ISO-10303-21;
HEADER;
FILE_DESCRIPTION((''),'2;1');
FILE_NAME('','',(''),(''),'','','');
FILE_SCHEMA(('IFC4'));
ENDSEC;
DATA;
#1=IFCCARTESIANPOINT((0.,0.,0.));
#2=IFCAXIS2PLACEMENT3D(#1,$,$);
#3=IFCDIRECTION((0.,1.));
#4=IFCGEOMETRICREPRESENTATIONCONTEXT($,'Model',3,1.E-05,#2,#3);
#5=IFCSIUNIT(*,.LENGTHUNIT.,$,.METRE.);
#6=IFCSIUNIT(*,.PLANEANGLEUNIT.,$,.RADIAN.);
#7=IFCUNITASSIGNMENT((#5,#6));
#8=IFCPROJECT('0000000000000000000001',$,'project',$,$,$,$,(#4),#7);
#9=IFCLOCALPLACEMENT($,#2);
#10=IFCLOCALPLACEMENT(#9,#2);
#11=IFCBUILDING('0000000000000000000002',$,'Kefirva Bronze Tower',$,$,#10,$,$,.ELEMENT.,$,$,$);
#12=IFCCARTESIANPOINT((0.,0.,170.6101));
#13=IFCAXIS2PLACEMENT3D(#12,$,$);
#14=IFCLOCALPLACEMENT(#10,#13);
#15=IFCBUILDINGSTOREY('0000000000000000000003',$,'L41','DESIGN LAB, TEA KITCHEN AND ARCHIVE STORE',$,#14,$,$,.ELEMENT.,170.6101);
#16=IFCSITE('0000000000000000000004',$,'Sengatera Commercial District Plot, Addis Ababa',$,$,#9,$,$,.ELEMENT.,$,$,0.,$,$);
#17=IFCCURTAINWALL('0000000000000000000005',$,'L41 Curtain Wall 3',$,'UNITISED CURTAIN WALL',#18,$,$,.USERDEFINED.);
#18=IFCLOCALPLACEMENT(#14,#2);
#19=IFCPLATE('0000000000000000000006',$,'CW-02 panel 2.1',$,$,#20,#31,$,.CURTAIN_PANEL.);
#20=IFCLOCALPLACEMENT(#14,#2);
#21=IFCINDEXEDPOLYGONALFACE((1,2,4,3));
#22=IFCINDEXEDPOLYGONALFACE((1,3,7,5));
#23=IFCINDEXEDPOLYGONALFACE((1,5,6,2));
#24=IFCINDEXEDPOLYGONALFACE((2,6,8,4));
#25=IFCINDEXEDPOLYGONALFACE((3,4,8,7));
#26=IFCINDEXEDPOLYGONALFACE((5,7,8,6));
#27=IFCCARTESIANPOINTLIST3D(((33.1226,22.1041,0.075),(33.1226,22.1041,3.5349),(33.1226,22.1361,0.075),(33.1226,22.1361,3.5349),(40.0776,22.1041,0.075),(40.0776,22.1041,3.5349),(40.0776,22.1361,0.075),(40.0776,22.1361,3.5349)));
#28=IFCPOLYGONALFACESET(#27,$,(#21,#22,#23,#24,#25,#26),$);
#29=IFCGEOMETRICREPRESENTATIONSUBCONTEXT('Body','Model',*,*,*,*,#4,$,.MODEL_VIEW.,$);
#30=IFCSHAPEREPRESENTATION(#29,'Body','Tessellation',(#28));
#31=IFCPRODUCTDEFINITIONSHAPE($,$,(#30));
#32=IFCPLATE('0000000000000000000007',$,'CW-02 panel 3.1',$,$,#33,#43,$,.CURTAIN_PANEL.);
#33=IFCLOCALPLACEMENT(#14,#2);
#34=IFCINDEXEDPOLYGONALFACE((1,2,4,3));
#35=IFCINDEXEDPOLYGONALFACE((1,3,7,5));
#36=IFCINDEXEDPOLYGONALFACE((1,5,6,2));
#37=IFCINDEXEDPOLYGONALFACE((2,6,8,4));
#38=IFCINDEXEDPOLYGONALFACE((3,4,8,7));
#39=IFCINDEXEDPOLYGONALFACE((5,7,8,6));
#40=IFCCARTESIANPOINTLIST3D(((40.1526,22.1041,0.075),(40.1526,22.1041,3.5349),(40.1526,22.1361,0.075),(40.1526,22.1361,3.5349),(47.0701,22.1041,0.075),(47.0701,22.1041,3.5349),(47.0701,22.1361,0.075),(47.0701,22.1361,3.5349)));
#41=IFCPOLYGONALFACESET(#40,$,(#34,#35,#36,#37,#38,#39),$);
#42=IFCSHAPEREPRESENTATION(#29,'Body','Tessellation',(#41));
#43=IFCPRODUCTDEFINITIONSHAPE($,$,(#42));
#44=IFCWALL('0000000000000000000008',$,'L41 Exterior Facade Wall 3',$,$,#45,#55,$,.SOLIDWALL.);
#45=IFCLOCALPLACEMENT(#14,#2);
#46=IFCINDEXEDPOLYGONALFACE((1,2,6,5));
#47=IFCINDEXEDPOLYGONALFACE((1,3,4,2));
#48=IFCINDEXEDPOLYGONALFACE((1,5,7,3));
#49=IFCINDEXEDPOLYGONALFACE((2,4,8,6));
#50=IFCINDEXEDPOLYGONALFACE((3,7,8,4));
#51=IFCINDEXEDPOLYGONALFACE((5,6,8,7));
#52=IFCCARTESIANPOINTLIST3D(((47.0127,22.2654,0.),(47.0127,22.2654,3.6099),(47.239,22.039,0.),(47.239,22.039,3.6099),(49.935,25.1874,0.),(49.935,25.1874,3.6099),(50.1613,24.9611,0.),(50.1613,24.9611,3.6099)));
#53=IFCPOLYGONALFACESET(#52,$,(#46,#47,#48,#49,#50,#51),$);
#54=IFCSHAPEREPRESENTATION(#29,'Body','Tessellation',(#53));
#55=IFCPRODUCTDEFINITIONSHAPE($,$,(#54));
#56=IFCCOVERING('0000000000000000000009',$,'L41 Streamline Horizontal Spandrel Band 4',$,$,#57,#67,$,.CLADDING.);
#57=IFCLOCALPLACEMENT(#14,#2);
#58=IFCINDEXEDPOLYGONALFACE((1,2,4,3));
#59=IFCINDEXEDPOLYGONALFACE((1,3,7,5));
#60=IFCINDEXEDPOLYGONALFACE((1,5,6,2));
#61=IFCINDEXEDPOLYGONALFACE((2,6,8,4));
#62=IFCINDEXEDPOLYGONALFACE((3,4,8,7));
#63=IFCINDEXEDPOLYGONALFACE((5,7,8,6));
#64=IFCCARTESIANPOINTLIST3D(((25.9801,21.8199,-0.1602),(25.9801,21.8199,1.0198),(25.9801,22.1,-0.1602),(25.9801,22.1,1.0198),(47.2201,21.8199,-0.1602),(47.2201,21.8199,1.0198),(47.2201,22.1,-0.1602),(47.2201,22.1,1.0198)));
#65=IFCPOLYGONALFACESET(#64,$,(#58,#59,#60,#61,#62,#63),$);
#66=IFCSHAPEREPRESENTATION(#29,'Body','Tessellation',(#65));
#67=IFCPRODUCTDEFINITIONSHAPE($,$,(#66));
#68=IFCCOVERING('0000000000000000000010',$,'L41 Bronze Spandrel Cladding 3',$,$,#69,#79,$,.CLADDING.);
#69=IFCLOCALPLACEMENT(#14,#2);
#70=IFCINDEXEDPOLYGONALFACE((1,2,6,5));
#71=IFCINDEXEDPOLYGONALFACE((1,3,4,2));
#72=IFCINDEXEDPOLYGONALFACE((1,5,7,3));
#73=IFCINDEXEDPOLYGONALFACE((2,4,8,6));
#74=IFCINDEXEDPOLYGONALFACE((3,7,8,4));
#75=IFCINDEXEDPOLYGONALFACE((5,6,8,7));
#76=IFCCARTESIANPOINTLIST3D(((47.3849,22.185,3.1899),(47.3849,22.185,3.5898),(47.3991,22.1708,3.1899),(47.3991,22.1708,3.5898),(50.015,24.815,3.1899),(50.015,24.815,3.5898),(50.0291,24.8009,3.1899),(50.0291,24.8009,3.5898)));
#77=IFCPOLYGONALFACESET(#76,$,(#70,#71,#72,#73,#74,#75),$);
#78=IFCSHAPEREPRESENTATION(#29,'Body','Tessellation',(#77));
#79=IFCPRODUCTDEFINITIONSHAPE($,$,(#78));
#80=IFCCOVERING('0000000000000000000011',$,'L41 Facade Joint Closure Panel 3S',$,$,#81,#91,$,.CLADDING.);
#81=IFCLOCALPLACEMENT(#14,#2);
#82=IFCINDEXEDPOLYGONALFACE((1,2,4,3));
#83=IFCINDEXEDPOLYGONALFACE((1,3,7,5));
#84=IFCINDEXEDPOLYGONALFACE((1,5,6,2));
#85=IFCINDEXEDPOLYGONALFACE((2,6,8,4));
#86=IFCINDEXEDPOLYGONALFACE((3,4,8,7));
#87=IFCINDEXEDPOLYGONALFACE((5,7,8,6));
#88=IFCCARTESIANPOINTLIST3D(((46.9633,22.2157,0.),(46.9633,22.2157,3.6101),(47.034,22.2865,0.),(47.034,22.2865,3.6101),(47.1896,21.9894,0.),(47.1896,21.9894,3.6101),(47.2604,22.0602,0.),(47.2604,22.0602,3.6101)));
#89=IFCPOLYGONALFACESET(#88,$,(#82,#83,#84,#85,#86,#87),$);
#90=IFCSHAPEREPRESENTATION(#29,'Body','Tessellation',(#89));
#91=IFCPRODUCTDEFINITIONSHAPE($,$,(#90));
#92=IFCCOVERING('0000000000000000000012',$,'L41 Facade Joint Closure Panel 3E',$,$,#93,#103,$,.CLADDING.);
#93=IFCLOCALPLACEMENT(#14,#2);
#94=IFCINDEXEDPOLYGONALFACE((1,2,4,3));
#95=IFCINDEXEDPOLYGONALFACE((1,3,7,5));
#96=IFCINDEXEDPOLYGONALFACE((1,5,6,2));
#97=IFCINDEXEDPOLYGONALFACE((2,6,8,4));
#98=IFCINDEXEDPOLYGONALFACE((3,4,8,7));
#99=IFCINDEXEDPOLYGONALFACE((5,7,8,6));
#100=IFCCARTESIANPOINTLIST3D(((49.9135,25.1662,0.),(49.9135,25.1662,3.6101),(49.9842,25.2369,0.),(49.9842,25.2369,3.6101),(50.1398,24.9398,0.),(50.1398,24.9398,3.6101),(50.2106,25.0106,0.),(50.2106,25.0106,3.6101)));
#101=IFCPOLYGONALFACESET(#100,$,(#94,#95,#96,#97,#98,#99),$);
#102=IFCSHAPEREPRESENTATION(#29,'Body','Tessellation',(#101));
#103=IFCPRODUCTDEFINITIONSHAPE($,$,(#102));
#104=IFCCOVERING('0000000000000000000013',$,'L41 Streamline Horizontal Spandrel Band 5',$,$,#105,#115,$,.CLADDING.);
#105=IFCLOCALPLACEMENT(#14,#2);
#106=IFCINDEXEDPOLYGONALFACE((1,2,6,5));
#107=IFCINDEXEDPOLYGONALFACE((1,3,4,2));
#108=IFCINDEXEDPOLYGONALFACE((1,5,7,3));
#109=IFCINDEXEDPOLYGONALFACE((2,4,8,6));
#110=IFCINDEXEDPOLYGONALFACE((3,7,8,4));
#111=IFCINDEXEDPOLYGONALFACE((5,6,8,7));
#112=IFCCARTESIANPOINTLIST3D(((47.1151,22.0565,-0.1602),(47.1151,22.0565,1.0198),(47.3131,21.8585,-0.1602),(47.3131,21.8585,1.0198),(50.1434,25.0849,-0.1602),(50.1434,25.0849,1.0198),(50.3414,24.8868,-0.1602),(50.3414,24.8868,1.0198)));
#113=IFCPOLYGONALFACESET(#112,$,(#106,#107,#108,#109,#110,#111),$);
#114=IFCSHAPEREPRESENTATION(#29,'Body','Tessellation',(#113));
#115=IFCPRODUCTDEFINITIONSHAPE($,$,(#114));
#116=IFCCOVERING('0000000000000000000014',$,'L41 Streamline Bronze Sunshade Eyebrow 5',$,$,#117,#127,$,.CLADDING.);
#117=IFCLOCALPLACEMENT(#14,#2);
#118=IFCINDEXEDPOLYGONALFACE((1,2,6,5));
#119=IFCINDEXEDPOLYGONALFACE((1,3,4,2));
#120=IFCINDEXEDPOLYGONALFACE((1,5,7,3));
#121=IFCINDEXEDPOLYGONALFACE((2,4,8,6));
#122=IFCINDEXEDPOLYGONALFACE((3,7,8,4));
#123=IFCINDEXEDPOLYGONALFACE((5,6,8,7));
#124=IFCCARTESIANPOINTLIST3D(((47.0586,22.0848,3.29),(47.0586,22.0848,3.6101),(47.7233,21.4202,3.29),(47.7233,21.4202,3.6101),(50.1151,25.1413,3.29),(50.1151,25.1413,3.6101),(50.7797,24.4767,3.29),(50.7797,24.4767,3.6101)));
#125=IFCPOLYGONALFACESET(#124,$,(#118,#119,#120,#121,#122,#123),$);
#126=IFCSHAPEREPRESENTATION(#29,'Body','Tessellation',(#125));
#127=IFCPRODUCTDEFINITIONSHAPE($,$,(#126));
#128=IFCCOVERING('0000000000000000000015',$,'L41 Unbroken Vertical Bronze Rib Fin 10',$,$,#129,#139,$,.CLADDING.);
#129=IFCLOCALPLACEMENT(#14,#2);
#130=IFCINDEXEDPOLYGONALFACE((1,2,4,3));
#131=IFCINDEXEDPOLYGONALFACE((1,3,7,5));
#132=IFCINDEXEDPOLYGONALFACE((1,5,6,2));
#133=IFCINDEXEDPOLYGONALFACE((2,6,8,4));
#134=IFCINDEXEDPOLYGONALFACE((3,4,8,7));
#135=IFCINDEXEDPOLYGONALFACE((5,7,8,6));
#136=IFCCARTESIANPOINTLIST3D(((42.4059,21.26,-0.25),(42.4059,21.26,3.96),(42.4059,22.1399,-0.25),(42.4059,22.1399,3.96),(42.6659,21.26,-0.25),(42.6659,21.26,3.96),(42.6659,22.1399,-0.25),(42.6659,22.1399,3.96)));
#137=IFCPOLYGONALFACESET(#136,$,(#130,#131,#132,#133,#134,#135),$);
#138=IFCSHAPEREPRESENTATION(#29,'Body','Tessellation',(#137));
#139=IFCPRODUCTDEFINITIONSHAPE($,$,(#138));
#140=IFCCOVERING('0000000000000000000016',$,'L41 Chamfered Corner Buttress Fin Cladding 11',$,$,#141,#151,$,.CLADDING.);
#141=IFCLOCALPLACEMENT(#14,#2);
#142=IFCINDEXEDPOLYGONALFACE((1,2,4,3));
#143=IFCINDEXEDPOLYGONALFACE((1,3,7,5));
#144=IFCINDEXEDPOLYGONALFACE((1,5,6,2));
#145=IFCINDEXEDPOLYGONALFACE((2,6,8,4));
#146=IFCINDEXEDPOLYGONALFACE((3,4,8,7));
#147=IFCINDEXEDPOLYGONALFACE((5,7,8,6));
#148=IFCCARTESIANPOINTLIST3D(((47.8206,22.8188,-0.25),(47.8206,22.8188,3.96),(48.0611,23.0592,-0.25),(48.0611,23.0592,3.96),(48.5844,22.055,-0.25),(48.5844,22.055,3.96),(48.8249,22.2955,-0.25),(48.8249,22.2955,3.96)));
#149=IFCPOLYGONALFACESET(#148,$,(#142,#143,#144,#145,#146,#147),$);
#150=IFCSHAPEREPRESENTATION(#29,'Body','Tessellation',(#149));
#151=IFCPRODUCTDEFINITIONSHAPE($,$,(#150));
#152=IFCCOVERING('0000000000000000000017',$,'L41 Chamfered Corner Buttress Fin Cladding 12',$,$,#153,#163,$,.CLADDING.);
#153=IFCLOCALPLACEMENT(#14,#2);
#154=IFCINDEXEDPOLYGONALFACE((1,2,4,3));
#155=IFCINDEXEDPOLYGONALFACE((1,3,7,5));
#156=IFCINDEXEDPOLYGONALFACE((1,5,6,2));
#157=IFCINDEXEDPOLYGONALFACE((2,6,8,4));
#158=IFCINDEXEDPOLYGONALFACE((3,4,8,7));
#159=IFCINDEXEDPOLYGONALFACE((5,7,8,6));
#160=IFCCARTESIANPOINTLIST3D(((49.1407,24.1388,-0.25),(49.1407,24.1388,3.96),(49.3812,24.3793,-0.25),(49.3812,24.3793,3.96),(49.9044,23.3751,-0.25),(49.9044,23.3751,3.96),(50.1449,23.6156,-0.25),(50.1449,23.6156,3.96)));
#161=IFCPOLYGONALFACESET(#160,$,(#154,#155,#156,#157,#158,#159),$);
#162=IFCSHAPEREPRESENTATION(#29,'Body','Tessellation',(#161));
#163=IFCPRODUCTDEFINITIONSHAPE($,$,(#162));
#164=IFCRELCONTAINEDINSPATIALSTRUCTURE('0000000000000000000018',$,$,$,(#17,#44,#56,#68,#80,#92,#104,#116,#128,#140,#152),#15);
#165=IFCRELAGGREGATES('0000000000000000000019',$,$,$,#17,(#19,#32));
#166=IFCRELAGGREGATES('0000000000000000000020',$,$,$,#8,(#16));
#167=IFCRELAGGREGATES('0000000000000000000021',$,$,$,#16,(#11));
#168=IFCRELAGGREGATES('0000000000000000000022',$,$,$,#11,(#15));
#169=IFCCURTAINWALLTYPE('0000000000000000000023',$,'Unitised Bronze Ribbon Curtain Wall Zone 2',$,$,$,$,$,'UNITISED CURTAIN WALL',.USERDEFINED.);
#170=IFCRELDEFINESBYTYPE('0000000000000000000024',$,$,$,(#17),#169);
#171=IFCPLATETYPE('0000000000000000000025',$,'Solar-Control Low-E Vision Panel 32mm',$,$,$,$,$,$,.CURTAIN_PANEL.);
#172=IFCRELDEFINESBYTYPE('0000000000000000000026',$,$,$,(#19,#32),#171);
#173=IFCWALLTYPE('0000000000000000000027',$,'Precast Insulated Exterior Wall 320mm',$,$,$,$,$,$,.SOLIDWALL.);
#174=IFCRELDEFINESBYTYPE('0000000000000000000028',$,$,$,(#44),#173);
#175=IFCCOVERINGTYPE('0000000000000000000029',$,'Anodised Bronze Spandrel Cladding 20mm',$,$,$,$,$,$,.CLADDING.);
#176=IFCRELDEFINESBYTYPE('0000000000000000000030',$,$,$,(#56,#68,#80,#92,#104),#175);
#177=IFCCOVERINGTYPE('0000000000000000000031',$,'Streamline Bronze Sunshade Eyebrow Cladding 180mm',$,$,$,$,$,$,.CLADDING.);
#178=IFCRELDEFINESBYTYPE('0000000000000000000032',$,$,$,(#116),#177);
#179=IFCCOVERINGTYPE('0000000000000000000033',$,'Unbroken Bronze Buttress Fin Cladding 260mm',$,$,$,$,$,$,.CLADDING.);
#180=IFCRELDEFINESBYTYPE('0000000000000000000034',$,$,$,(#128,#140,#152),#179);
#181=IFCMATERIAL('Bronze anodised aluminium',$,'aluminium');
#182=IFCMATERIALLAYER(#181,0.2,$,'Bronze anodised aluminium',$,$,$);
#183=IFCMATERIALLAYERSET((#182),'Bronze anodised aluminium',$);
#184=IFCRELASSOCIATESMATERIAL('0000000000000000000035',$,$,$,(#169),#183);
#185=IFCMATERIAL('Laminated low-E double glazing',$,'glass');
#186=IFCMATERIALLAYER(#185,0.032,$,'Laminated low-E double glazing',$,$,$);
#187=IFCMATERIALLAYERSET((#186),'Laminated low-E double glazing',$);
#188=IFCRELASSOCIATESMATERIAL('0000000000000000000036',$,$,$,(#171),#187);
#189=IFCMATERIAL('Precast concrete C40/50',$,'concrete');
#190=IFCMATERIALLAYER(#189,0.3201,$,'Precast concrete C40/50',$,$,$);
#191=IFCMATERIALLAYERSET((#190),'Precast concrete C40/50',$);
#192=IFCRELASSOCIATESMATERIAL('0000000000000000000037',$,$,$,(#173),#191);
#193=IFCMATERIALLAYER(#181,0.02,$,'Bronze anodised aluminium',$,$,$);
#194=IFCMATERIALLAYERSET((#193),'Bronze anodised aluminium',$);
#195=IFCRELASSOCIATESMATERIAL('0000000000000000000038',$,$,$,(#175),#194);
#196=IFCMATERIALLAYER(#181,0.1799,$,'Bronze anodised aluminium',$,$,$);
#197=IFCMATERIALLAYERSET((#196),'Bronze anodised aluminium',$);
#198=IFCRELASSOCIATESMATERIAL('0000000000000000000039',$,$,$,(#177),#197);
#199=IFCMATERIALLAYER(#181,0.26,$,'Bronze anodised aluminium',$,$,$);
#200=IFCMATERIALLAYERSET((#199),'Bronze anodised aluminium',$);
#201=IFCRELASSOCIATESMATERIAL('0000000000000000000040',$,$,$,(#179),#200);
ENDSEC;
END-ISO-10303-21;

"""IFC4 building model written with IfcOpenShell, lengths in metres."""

from ifc_helpers import new_model, si_unit, direction, frame, frame_2d, origin, origin_2d, place, context, subcontext, project, spatial, rectangle, extrude, material, layer, layer_set, type_object, element, aggregate, save


model = new_model("IFC4")

# Units and contexts
model_context = context("Model", 3, precision=1e-05, world=origin(), true_north=direction((0.0, 1.0)))
body_context = subcontext(model_context, "Body", "Model", "MODEL_VIEW")
ifc_project = project(units=[si_unit("LENGTHUNIT", "METRE"), si_unit("PLANEANGLEUNIT", "RADIAN")], contexts=[model_context])

# Site, building, storey
site_placement = place(None, origin())
site = spatial("IfcSite", under=ifc_project, at=site_placement, Name="Sengatera Commercial District Plot, Addis Ababa", CompositionType="ELEMENT", RefElevation=0.0)
building_placement = place(site_placement, origin())
building = spatial("IfcBuilding", under=site, at=building_placement, Name="Kefirva Bronze Tower", CompositionType="ELEMENT")
storey_placement = place(building_placement, frame((0.0, 0.0, 170.6101)))
storey = spatial("IfcBuildingStorey", under=building, at=storey_placement, Name="L41", Description="DESIGN LAB, TEA KITCHEN AND ARCHIVE STORE", CompositionType="ELEMENT", Elevation=170.6101)

# Curtain wall
ifc_material_1 = material(Name="Bronze anodised aluminium", Category="aluminium")
ifc_layer_1 = layer(ifc_material_1, 0.2, Name="Bronze anodised aluminium")
ifc_layer_set_1 = layer_set([ifc_layer_1], Name="Bronze anodised aluminium")
curtain_wall_type = type_object("IfcCurtainWallType", Name="Unitised Bronze Ribbon Curtain Wall Zone 2", ElementType="UNITISED CURTAIN WALL", PredefinedType="USERDEFINED", material=ifc_layer_set_1)
curtain_wall_1_placement = place(storey_placement, origin())
curtain_wall_1 = element("IfcCurtainWall", 1, at=curtain_wall_1_placement, inside=storey, type_object=curtain_wall_type, Name="L41 Curtain Wall 3", ObjectType="UNITISED CURTAIN WALL", PredefinedType="USERDEFINED")

# Plates
ifc_material_2 = material(Name="Laminated low-E double glazing", Category="glass")
ifc_layer_2 = layer(ifc_material_2, 0.032, Name="Laminated low-E double glazing")
ifc_layer_set_2 = layer_set([ifc_layer_2], Name="Laminated low-E double glazing")
plate_type = type_object("IfcPlateType", Name="Solar-Control Low-E Vision Panel 32mm", PredefinedType="CURTAIN_PANEL", material=ifc_layer_set_2)
plate_1_placement = place(storey_placement, frame((36.6001, 22.1201, 0.075), z_axis=(0.0, 0.0, 1.0), x_axis=(1.0, 0.0, 0.0)))
plate_1 = element("IfcPlate", 2, at=plate_1_placement, type_object=plate_type, Name="CW-02 panel 2.1", PredefinedType="CURTAIN_PANEL", context=body_context, shape_type="SweptSolid", body=[
    extrude(rectangle(XDim=6.9551, YDim=0.032, at=origin_2d()), origin(), (0.0, 0.0, 1.0), 3.46),
])
plate_2_placement = place(storey_placement, frame((43.6113, 22.1201, 0.075), z_axis=(0.0, 0.0, 1.0), x_axis=(1.0, 0.0, 0.0)))
plate_2 = element("IfcPlate", 3, at=plate_2_placement, type_object=plate_type, Name="CW-02 panel 3.1", PredefinedType="CURTAIN_PANEL", context=body_context, shape_type="SweptSolid", body=[
    extrude(rectangle(XDim=6.9175, YDim=0.032, at=origin_2d()), origin(), (0.0, 0.0, 1.0), 3.46),
])
aggregate(curtain_wall_1, [plate_1, plate_2])

# Wall
ifc_material_3 = material(Name="Precast concrete C40/50", Category="concrete")
ifc_layer_3 = layer(ifc_material_3, 0.3201, Name="Precast concrete C40/50")
ifc_layer_set_3 = layer_set([ifc_layer_3], Name="Precast concrete C40/50")
wall_type = type_object("IfcWallType", Name="Precast Insulated Exterior Wall 320mm", PredefinedType="SOLIDWALL", material=ifc_layer_set_3)
wall_placement = place(storey_placement, frame((47.1257, 22.1521, 0.0), z_axis=(0.0, 0.0, 1.0), x_axis=(0.707136, 0.707077, 0.0)))
element("IfcWall", 4, at=wall_placement, inside=storey, type_object=wall_type, Name="L41 Exterior Facade Wall 3", PredefinedType="SOLIDWALL", context=body_context, shape_type="SweptSolid", body=[
    extrude(rectangle(XDim=4.1326, YDim=0.3201, at=frame_2d((2.0664, 0.0))), origin(), (0.0, 0.0, 1.0), 3.6099),
])

# Coverings
ifc_layer_4 = layer(ifc_material_1, 0.02, Name="Bronze anodised aluminium")
ifc_layer_set_4 = layer_set([ifc_layer_4], Name="Bronze anodised aluminium")
covering_type_1 = type_object("IfcCoveringType", Name="Anodised Bronze Spandrel Cladding 20mm", PredefinedType="CLADDING", material=ifc_layer_set_4)
covering_1_placement = place(storey_placement, frame((36.6001, 21.96, -0.1602), z_axis=(0.0, 0.0, 1.0), x_axis=(1.0, 0.0, 0.0)))
element("IfcCovering", 5, at=covering_1_placement, inside=storey, type_object=covering_type_1, Name="L41 Streamline Horizontal Spandrel Band 4", PredefinedType="CLADDING", context=body_context, shape_type="SweptSolid", body=[
    extrude(rectangle(XDim=21.24, YDim=0.28, at=origin_2d()), origin(), (0.0, 0.0, 1.0), 1.1799),
])
covering_2_placement = place(storey_placement, frame((48.707, 23.4929, 3.1899), z_axis=(0.0, 0.0, 1.0), x_axis=(0.707107, 0.707107, 0.0)))
element("IfcCovering", 6, at=covering_2_placement, inside=storey, type_object=covering_type_1, Name="L41 Bronze Spandrel Cladding 3", PredefinedType="CLADDING", context=body_context, shape_type="SweptSolid", body=[
    extrude(rectangle(XDim=3.7195, YDim=0.02, at=origin_2d()), origin(), (0.0, 0.0, 1.0), 0.3999),
])
for number, where, z_axis, x_axis, name in (
    (7, (47.1118, 22.1379, 0.0), (0.0, 0.0, 1.0), (0.707107, 0.707107, 0.0), "L41 Facade Joint Closure Panel 3S"),
    (8, (50.062, 25.0884, 0.0), (0.0, 0.0, 1.0), (0.707107, 0.707107, 0.0), "L41 Facade Joint Closure Panel 3E"),
):
    element("IfcCovering", number, at=place(storey_placement, frame(where, z_axis=z_axis, x_axis=x_axis)), inside=storey, type_object=covering_type_1, Name=name, PredefinedType="CLADDING", context=body_context, shape_type="SweptSolid", body=[
        extrude(rectangle(XDim=0.1001, YDim=0.3201, at=origin_2d()), origin(), (0.0, 0.0, 1.0), 3.6101),
    ])
covering_3_placement = place(storey_placement, frame((48.7283, 23.4717, -0.1602), z_axis=(0.0, 0.0, 1.0), x_axis=(0.707107, 0.707107, 0.0)))
element("IfcCovering", 9, at=covering_3_placement, inside=storey, type_object=covering_type_1, Name="L41 Streamline Horizontal Spandrel Band 5", PredefinedType="CLADDING", context=body_context, shape_type="SweptSolid", body=[
    extrude(rectangle(XDim=4.2827, YDim=0.28, at=origin_2d()), origin(), (0.0, 0.0, 1.0), 1.1799),
])
ifc_layer_5 = layer(ifc_material_1, 0.1799, Name="Bronze anodised aluminium")
ifc_layer_set_5 = layer_set([ifc_layer_5], Name="Bronze anodised aluminium")
covering_type_2 = type_object("IfcCoveringType", Name="Streamline Bronze Sunshade Eyebrow Cladding 180mm", PredefinedType="CLADDING", material=ifc_layer_set_5)
covering_4_placement = place(storey_placement, frame((48.9192, 23.2808, 3.29), z_axis=(0.0, 0.0, 1.0), x_axis=(0.707107, 0.707107, 0.0)))
element("IfcCovering", 10, at=covering_4_placement, inside=storey, type_object=covering_type_2, Name="L41 Streamline Bronze Sunshade Eyebrow 5", PredefinedType="CLADDING", context=body_context, shape_type="SweptSolid", body=[
    extrude(rectangle(XDim=4.3225, YDim=0.9399, at=origin_2d()), origin(), (0.0, 0.0, 1.0), 0.3201),
])
ifc_layer_6 = layer(ifc_material_1, 0.26, Name="Bronze anodised aluminium")
ifc_layer_set_6 = layer_set([ifc_layer_6], Name="Bronze anodised aluminium")
covering_type_3 = type_object("IfcCoveringType", Name="Unbroken Bronze Buttress Fin Cladding 260mm", PredefinedType="CLADDING", material=ifc_layer_set_6)
covering_5_placement = place(storey_placement, frame((42.5359, 21.7, -0.25), z_axis=(0.0, 0.0, 1.0), x_axis=(1.0, 0.0, 0.0)))
element("IfcCovering", 11, at=covering_5_placement, inside=storey, type_object=covering_type_3, Name="L41 Unbroken Vertical Bronze Rib Fin 10", PredefinedType="CLADDING", context=body_context, shape_type="SweptSolid", body=[
    extrude(rectangle(XDim=0.26, YDim=0.8799, at=origin_2d()), origin(), (0.0, 0.0, 1.0), 4.21),
])
for number, where, z_axis, x_axis, name in (
    (12, (48.3228, 22.5571, -0.25), (0.0, 0.0, 1.0), (0.707107, 0.707107, 0.0), "L41 Chamfered Corner Buttress Fin Cladding 11"),
    (13, (49.6428, 23.8772, -0.25), (0.0, 0.0, 1.0), (0.707107, 0.707107, 0.0), "L41 Chamfered Corner Buttress Fin Cladding 12"),
):
    element("IfcCovering", number, at=place(storey_placement, frame(where, z_axis=z_axis, x_axis=x_axis)), inside=storey, type_object=covering_type_3, Name=name, PredefinedType="CLADDING", context=body_context, shape_type="SweptSolid", body=[
        extrude(rectangle(XDim=0.3401, YDim=1.0801, at=origin_2d()), origin(), (0.0, 0.0, 1.0), 4.21),
    ])

save(model, "model.ifc")
